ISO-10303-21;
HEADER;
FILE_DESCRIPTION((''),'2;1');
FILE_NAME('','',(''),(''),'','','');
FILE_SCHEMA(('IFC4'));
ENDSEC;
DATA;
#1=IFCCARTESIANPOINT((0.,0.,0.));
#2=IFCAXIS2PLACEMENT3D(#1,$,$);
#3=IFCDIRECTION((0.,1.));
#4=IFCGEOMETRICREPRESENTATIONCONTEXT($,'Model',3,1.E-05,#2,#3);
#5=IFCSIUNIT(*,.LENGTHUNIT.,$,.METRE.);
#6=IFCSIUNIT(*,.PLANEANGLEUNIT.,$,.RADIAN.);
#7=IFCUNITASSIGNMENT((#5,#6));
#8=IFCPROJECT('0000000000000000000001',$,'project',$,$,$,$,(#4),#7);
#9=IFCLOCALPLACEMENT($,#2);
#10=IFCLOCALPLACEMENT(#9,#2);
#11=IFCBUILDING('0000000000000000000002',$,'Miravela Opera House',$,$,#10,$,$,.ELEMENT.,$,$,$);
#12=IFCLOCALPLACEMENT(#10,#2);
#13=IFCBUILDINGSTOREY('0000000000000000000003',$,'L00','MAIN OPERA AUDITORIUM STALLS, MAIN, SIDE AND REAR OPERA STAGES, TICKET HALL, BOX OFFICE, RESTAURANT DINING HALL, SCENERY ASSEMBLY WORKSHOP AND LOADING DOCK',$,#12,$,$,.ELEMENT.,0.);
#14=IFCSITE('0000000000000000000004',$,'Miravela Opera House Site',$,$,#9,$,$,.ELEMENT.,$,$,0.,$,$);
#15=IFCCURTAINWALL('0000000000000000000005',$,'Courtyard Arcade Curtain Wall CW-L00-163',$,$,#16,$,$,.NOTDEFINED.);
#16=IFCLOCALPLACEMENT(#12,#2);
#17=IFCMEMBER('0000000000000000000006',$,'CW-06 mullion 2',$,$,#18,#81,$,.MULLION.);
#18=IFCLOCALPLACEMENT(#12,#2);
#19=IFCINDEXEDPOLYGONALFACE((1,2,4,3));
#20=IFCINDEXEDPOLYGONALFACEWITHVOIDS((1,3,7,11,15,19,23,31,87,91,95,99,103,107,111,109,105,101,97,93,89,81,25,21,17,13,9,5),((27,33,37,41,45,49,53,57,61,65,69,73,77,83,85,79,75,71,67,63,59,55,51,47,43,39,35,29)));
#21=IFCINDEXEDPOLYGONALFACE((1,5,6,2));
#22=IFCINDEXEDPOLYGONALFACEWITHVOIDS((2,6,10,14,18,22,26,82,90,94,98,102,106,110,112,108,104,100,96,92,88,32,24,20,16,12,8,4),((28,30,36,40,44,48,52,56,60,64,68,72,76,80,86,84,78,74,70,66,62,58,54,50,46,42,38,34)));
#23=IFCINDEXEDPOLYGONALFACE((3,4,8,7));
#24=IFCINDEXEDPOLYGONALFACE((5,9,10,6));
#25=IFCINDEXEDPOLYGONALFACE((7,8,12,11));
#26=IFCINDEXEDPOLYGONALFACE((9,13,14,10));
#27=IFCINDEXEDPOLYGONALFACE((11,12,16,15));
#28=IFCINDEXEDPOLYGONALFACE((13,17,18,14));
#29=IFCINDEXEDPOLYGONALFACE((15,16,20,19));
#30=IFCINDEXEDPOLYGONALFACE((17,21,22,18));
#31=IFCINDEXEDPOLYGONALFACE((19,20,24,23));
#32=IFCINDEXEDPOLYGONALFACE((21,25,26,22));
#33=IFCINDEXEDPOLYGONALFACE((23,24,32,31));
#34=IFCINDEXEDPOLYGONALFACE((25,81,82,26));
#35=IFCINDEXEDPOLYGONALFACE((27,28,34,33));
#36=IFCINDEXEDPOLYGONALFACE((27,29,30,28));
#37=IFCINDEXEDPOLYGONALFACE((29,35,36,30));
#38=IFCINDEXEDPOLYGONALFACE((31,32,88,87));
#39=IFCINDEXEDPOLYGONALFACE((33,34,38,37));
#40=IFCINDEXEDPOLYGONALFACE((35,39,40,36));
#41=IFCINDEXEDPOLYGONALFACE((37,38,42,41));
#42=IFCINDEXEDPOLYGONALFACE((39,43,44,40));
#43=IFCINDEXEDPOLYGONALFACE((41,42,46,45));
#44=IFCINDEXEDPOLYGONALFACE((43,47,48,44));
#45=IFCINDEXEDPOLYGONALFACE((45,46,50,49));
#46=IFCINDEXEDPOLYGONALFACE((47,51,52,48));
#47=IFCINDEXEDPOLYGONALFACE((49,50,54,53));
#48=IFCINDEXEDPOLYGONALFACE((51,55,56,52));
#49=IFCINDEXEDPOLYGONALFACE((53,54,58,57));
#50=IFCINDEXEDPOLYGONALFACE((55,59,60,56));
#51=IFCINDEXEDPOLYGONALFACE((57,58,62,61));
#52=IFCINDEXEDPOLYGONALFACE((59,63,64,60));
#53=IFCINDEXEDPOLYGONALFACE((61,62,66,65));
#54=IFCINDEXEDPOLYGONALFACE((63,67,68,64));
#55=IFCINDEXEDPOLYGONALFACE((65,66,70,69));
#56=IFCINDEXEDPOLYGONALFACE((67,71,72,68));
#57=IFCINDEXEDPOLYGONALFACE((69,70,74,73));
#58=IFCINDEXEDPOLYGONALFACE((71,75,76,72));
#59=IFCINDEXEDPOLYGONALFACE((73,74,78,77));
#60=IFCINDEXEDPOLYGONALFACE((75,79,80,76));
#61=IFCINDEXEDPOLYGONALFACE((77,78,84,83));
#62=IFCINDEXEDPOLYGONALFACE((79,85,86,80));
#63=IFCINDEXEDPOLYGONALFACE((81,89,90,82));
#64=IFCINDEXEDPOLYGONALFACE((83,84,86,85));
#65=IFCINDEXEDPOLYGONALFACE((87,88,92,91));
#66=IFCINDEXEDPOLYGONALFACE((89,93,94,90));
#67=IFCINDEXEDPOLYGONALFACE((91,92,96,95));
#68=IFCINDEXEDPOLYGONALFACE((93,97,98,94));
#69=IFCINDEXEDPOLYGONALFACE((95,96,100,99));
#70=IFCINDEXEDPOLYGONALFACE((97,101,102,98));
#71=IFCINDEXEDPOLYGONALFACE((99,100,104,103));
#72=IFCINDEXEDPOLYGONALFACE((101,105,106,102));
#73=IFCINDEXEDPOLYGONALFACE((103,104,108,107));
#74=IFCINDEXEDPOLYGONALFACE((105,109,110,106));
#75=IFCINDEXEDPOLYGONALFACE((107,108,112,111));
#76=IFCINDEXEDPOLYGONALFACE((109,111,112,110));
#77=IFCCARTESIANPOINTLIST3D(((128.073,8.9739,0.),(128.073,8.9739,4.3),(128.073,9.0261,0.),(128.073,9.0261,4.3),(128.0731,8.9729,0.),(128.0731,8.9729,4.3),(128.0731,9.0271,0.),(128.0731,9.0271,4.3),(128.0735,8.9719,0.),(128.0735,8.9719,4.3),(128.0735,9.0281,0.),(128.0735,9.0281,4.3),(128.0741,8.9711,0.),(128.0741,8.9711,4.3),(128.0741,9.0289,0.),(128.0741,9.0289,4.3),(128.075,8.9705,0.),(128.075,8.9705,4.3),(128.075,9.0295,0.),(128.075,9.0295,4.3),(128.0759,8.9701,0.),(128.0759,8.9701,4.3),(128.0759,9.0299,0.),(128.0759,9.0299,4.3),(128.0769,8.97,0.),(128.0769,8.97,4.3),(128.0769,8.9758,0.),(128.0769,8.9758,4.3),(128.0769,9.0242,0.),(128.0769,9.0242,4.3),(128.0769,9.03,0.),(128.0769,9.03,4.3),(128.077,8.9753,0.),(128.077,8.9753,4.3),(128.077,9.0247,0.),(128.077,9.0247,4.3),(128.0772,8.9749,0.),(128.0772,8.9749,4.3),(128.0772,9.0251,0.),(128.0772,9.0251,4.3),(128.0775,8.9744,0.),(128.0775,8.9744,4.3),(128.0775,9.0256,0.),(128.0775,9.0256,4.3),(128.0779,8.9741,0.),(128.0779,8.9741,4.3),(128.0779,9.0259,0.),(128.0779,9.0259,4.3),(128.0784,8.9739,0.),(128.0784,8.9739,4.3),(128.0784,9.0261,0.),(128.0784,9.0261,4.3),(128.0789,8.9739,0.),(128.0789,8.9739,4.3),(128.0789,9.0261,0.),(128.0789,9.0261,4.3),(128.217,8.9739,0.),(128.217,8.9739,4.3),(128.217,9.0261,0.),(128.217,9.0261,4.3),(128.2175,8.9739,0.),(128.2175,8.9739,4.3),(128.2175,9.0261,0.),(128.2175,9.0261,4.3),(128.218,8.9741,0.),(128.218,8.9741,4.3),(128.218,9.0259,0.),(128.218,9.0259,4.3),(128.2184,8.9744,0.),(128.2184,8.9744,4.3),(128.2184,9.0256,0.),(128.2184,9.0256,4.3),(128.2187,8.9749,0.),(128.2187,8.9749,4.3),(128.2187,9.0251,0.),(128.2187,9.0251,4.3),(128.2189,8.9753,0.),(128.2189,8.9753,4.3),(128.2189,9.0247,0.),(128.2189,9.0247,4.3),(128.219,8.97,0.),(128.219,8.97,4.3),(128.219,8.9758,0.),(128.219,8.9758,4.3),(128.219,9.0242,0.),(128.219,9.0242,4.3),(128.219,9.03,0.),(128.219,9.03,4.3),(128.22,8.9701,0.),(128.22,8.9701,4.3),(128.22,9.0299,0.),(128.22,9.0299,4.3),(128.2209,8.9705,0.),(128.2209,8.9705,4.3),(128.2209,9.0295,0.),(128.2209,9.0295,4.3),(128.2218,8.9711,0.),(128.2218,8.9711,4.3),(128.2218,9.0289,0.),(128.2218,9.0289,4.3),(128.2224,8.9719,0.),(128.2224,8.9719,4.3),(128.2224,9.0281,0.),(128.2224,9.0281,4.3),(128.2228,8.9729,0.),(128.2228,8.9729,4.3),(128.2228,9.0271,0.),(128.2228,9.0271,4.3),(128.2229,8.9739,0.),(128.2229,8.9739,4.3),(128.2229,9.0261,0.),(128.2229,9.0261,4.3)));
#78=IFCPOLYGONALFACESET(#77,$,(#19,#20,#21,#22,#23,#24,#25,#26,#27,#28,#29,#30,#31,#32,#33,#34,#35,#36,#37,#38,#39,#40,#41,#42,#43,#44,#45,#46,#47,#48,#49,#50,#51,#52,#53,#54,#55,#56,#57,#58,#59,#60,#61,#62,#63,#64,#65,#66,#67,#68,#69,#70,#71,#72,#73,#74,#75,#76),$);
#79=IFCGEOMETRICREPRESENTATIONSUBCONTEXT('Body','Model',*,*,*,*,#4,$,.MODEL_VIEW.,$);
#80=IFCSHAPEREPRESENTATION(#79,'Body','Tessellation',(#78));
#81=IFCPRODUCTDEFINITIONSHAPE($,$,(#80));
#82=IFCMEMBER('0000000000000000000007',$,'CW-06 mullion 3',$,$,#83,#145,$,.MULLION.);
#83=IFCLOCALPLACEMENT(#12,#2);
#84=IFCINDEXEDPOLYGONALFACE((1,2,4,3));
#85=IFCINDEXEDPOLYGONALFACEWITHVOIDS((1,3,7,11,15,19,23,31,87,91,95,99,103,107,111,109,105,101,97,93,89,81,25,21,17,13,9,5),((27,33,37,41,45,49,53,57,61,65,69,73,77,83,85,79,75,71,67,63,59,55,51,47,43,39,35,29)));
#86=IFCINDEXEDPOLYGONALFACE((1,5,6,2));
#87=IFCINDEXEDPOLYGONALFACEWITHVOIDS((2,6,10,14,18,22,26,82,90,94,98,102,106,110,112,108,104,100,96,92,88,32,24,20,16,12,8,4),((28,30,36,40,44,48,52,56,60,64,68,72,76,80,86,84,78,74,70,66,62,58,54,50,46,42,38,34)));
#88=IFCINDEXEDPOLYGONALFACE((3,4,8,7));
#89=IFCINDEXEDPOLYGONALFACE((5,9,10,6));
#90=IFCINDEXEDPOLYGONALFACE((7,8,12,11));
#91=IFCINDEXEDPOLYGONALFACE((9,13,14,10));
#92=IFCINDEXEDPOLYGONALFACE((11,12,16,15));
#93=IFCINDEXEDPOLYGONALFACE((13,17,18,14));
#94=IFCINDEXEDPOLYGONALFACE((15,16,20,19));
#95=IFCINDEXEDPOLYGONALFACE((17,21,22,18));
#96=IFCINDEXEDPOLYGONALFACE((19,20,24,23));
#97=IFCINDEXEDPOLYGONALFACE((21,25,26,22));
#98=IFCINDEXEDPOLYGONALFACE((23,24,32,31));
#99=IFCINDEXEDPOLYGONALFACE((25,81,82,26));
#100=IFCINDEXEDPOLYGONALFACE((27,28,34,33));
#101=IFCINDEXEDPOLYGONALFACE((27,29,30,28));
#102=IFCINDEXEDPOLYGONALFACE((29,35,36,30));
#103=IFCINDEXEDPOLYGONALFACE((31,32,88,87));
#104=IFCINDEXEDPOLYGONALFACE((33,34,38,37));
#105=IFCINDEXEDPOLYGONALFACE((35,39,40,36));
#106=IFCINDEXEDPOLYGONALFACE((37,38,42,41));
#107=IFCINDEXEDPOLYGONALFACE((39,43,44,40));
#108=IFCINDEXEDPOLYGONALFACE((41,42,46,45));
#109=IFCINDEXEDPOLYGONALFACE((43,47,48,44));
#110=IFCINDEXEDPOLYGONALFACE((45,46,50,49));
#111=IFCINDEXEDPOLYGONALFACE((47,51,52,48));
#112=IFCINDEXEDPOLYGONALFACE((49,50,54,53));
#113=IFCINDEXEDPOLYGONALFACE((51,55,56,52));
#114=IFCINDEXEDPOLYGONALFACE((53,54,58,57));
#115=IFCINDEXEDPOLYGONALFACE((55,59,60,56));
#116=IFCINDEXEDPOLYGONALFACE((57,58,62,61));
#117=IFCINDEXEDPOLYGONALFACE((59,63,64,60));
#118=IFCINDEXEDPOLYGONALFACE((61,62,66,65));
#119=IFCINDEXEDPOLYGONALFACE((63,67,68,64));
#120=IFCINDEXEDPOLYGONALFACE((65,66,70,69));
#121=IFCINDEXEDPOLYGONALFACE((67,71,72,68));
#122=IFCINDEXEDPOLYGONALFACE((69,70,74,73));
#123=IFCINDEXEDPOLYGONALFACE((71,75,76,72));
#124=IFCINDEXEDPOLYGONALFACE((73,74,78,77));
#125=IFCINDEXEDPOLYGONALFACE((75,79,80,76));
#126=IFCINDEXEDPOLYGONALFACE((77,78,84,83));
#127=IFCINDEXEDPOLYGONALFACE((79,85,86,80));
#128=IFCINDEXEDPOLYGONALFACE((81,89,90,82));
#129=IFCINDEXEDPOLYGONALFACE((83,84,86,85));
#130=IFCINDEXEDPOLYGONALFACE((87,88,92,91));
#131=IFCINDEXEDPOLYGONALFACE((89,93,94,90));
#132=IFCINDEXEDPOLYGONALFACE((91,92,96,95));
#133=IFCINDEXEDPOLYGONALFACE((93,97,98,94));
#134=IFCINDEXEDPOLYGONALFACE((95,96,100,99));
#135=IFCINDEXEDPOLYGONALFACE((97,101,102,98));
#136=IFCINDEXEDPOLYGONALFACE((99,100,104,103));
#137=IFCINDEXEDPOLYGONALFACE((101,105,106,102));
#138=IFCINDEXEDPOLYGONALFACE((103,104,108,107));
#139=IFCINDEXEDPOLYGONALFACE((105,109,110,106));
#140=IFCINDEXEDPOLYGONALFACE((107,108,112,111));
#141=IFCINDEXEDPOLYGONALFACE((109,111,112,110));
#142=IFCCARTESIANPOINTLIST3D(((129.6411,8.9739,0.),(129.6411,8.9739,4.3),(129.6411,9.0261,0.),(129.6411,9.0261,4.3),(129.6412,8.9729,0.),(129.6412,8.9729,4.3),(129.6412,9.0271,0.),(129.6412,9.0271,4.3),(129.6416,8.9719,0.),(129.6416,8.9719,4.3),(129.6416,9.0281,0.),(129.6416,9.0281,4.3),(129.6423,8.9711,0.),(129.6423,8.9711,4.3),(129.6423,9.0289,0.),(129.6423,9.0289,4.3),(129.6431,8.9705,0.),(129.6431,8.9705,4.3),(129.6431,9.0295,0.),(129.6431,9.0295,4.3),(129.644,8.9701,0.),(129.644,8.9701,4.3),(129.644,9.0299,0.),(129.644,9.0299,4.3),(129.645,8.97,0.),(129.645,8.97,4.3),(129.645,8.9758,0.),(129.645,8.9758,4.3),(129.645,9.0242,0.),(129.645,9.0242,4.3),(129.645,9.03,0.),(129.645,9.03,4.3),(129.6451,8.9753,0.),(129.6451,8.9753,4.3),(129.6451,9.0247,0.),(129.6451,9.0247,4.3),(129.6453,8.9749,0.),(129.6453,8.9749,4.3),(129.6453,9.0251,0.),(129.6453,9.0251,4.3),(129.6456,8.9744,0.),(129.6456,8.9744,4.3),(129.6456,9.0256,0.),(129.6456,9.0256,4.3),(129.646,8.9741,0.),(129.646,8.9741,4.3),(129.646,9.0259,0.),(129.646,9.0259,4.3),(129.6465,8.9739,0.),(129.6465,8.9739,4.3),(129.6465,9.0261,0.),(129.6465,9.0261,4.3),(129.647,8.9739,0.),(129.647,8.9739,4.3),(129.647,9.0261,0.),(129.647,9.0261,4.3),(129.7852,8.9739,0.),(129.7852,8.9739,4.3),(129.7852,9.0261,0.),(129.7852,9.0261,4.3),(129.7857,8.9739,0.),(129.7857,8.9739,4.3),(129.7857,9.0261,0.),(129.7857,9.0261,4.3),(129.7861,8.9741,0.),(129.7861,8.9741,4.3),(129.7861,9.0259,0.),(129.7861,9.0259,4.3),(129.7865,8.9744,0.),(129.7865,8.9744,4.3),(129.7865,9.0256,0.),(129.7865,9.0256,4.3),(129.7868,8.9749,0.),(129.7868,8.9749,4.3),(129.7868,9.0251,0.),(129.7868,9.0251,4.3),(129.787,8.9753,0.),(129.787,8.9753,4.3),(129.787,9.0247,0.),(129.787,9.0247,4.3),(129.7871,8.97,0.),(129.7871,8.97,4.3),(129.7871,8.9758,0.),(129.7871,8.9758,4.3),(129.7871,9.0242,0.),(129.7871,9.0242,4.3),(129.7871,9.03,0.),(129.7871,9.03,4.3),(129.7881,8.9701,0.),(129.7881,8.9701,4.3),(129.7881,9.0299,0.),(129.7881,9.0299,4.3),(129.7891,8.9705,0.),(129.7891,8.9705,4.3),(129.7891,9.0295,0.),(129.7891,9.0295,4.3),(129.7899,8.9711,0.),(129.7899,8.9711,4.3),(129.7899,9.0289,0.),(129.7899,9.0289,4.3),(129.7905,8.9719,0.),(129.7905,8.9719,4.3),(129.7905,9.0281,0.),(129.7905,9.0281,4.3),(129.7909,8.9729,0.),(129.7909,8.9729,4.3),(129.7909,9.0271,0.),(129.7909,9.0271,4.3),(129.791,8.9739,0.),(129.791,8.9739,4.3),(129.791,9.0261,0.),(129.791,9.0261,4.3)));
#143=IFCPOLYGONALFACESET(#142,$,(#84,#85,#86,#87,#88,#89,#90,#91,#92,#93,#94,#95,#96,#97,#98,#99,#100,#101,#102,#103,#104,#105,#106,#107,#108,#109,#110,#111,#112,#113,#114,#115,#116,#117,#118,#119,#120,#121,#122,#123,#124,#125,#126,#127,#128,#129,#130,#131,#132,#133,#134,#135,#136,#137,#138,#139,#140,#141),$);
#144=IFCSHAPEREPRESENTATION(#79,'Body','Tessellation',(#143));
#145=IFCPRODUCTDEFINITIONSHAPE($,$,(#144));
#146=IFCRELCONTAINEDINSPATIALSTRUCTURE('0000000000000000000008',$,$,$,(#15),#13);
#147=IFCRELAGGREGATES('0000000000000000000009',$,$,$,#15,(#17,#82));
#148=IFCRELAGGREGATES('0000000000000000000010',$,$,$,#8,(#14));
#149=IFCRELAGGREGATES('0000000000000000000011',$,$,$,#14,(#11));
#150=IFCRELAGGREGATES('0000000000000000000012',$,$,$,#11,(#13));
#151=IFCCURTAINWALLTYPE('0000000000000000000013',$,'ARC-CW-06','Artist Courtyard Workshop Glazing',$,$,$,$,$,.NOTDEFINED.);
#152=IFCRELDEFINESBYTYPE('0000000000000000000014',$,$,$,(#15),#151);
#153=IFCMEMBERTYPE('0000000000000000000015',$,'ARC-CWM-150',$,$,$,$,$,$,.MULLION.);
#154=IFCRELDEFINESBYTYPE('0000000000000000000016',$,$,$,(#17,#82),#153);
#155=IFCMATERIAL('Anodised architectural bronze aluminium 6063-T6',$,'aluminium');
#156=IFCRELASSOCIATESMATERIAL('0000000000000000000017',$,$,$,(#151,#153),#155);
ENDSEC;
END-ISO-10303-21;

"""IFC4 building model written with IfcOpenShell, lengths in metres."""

from ifc_helpers import new_model, si_unit, direction, frame, origin, origin_2d, place, context, subcontext, project, spatial, hollow_rectangle, extrude, material, material_profile, profile_set, type_object, element, aggregate, save


model = new_model("IFC4")

# Units and contexts
model_context = context("Model", 3, precision=1e-05, world=origin(), true_north=direction((0.0, 1.0)))
body_context = subcontext(model_context, "Body", "Model", "MODEL_VIEW")
ifc_project = project(units=[si_unit("LENGTHUNIT", "METRE"), si_unit("PLANEANGLEUNIT", "RADIAN")], contexts=[model_context])

# Site, building, storey
site_placement = place(None, origin())
site = spatial("IfcSite", under=ifc_project, at=site_placement, Name="Miravela Opera House Site", CompositionType="ELEMENT", RefElevation=0.0)
building_placement = place(site_placement, origin())
building = spatial("IfcBuilding", under=site, at=building_placement, Name="Miravela Opera House", CompositionType="ELEMENT")
storey_placement = place(building_placement, origin())
storey = spatial("IfcBuildingStorey", under=building, at=storey_placement, Name="L00", Description="MAIN OPERA AUDITORIUM STALLS, MAIN, SIDE AND REAR OPERA STAGES, TICKET HALL, BOX OFFICE, RESTAURANT DINING HALL, SCENERY ASSEMBLY WORKSHOP AND LOADING DOCK", CompositionType="ELEMENT", Elevation=0.0)

# Shared definitions
ifc_material_1 = material(Name="Anodised architectural bronze aluminium 6063-T6", Category="aluminium")
curtain_wall_type = type_object("IfcCurtainWallType", Name="ARC-CW-06", Description="Artist Courtyard Workshop Glazing", PredefinedType="NOTDEFINED", material=ifc_material_1)
ifc_material_profile_1 = material_profile(ifc_material_1, hollow_rectangle(XDim=0.0601, YDim=0.1499, WallThickness=0.0039, InnerFilletRadius=0.002, OuterFilletRadius=0.0039, at=origin_2d()), Name="CWM-60X150")
ifc_profile_set_1 = profile_set([ifc_material_profile_1])
member_type_1 = type_object("IfcMemberType", Name="ARC-CWM-150", PredefinedType="MULLION", material=ifc_profile_set_1)

# Curtain wall, members
curtain_wall_1_placement = place(storey_placement, origin())
curtain_wall_1 = element("IfcCurtainWall", 1, at=curtain_wall_1_placement, inside=storey, type_object=curtain_wall_type, Name="Courtyard Arcade Curtain Wall CW-L00-163", PredefinedType="NOTDEFINED")
member_1_placement = place(storey_placement, frame((128.1479, 9.0, 0.0), z_axis=(0.0, 0.0, 1.0), x_axis=(0.0, 1.0, 0.0)))
member_1 = element("IfcMember", 2, at=member_1_placement, type_object=member_type_1, Name="CW-06 mullion 2", PredefinedType="MULLION", context=body_context, shape_type="SweptSolid", body=[
    extrude(hollow_rectangle(XDim=0.0601, YDim=0.1499, WallThickness=0.0039, InnerFilletRadius=0.002, OuterFilletRadius=0.0039, at=origin_2d()), origin(), (0.0, 0.0, 1.0), 4.3),
])
member_2_placement = place(storey_placement, frame((129.7161, 9.0, 0.0), z_axis=(0.0, 0.0, 1.0), x_axis=(0.0, 1.0, 0.0)))
member_2 = element("IfcMember", 3, at=member_2_placement, type_object=member_type_1, Name="CW-06 mullion 3", PredefinedType="MULLION", context=body_context, shape_type="SweptSolid", body=[
    extrude(hollow_rectangle(XDim=0.0601, YDim=0.1499, WallThickness=0.0039, InnerFilletRadius=0.002, OuterFilletRadius=0.0039, at=origin_2d()), origin(), (0.0, 0.0, 1.0), 4.3),
])

aggregate(curtain_wall_1, [member_1, member_2])

save(model, "model.ifc")
